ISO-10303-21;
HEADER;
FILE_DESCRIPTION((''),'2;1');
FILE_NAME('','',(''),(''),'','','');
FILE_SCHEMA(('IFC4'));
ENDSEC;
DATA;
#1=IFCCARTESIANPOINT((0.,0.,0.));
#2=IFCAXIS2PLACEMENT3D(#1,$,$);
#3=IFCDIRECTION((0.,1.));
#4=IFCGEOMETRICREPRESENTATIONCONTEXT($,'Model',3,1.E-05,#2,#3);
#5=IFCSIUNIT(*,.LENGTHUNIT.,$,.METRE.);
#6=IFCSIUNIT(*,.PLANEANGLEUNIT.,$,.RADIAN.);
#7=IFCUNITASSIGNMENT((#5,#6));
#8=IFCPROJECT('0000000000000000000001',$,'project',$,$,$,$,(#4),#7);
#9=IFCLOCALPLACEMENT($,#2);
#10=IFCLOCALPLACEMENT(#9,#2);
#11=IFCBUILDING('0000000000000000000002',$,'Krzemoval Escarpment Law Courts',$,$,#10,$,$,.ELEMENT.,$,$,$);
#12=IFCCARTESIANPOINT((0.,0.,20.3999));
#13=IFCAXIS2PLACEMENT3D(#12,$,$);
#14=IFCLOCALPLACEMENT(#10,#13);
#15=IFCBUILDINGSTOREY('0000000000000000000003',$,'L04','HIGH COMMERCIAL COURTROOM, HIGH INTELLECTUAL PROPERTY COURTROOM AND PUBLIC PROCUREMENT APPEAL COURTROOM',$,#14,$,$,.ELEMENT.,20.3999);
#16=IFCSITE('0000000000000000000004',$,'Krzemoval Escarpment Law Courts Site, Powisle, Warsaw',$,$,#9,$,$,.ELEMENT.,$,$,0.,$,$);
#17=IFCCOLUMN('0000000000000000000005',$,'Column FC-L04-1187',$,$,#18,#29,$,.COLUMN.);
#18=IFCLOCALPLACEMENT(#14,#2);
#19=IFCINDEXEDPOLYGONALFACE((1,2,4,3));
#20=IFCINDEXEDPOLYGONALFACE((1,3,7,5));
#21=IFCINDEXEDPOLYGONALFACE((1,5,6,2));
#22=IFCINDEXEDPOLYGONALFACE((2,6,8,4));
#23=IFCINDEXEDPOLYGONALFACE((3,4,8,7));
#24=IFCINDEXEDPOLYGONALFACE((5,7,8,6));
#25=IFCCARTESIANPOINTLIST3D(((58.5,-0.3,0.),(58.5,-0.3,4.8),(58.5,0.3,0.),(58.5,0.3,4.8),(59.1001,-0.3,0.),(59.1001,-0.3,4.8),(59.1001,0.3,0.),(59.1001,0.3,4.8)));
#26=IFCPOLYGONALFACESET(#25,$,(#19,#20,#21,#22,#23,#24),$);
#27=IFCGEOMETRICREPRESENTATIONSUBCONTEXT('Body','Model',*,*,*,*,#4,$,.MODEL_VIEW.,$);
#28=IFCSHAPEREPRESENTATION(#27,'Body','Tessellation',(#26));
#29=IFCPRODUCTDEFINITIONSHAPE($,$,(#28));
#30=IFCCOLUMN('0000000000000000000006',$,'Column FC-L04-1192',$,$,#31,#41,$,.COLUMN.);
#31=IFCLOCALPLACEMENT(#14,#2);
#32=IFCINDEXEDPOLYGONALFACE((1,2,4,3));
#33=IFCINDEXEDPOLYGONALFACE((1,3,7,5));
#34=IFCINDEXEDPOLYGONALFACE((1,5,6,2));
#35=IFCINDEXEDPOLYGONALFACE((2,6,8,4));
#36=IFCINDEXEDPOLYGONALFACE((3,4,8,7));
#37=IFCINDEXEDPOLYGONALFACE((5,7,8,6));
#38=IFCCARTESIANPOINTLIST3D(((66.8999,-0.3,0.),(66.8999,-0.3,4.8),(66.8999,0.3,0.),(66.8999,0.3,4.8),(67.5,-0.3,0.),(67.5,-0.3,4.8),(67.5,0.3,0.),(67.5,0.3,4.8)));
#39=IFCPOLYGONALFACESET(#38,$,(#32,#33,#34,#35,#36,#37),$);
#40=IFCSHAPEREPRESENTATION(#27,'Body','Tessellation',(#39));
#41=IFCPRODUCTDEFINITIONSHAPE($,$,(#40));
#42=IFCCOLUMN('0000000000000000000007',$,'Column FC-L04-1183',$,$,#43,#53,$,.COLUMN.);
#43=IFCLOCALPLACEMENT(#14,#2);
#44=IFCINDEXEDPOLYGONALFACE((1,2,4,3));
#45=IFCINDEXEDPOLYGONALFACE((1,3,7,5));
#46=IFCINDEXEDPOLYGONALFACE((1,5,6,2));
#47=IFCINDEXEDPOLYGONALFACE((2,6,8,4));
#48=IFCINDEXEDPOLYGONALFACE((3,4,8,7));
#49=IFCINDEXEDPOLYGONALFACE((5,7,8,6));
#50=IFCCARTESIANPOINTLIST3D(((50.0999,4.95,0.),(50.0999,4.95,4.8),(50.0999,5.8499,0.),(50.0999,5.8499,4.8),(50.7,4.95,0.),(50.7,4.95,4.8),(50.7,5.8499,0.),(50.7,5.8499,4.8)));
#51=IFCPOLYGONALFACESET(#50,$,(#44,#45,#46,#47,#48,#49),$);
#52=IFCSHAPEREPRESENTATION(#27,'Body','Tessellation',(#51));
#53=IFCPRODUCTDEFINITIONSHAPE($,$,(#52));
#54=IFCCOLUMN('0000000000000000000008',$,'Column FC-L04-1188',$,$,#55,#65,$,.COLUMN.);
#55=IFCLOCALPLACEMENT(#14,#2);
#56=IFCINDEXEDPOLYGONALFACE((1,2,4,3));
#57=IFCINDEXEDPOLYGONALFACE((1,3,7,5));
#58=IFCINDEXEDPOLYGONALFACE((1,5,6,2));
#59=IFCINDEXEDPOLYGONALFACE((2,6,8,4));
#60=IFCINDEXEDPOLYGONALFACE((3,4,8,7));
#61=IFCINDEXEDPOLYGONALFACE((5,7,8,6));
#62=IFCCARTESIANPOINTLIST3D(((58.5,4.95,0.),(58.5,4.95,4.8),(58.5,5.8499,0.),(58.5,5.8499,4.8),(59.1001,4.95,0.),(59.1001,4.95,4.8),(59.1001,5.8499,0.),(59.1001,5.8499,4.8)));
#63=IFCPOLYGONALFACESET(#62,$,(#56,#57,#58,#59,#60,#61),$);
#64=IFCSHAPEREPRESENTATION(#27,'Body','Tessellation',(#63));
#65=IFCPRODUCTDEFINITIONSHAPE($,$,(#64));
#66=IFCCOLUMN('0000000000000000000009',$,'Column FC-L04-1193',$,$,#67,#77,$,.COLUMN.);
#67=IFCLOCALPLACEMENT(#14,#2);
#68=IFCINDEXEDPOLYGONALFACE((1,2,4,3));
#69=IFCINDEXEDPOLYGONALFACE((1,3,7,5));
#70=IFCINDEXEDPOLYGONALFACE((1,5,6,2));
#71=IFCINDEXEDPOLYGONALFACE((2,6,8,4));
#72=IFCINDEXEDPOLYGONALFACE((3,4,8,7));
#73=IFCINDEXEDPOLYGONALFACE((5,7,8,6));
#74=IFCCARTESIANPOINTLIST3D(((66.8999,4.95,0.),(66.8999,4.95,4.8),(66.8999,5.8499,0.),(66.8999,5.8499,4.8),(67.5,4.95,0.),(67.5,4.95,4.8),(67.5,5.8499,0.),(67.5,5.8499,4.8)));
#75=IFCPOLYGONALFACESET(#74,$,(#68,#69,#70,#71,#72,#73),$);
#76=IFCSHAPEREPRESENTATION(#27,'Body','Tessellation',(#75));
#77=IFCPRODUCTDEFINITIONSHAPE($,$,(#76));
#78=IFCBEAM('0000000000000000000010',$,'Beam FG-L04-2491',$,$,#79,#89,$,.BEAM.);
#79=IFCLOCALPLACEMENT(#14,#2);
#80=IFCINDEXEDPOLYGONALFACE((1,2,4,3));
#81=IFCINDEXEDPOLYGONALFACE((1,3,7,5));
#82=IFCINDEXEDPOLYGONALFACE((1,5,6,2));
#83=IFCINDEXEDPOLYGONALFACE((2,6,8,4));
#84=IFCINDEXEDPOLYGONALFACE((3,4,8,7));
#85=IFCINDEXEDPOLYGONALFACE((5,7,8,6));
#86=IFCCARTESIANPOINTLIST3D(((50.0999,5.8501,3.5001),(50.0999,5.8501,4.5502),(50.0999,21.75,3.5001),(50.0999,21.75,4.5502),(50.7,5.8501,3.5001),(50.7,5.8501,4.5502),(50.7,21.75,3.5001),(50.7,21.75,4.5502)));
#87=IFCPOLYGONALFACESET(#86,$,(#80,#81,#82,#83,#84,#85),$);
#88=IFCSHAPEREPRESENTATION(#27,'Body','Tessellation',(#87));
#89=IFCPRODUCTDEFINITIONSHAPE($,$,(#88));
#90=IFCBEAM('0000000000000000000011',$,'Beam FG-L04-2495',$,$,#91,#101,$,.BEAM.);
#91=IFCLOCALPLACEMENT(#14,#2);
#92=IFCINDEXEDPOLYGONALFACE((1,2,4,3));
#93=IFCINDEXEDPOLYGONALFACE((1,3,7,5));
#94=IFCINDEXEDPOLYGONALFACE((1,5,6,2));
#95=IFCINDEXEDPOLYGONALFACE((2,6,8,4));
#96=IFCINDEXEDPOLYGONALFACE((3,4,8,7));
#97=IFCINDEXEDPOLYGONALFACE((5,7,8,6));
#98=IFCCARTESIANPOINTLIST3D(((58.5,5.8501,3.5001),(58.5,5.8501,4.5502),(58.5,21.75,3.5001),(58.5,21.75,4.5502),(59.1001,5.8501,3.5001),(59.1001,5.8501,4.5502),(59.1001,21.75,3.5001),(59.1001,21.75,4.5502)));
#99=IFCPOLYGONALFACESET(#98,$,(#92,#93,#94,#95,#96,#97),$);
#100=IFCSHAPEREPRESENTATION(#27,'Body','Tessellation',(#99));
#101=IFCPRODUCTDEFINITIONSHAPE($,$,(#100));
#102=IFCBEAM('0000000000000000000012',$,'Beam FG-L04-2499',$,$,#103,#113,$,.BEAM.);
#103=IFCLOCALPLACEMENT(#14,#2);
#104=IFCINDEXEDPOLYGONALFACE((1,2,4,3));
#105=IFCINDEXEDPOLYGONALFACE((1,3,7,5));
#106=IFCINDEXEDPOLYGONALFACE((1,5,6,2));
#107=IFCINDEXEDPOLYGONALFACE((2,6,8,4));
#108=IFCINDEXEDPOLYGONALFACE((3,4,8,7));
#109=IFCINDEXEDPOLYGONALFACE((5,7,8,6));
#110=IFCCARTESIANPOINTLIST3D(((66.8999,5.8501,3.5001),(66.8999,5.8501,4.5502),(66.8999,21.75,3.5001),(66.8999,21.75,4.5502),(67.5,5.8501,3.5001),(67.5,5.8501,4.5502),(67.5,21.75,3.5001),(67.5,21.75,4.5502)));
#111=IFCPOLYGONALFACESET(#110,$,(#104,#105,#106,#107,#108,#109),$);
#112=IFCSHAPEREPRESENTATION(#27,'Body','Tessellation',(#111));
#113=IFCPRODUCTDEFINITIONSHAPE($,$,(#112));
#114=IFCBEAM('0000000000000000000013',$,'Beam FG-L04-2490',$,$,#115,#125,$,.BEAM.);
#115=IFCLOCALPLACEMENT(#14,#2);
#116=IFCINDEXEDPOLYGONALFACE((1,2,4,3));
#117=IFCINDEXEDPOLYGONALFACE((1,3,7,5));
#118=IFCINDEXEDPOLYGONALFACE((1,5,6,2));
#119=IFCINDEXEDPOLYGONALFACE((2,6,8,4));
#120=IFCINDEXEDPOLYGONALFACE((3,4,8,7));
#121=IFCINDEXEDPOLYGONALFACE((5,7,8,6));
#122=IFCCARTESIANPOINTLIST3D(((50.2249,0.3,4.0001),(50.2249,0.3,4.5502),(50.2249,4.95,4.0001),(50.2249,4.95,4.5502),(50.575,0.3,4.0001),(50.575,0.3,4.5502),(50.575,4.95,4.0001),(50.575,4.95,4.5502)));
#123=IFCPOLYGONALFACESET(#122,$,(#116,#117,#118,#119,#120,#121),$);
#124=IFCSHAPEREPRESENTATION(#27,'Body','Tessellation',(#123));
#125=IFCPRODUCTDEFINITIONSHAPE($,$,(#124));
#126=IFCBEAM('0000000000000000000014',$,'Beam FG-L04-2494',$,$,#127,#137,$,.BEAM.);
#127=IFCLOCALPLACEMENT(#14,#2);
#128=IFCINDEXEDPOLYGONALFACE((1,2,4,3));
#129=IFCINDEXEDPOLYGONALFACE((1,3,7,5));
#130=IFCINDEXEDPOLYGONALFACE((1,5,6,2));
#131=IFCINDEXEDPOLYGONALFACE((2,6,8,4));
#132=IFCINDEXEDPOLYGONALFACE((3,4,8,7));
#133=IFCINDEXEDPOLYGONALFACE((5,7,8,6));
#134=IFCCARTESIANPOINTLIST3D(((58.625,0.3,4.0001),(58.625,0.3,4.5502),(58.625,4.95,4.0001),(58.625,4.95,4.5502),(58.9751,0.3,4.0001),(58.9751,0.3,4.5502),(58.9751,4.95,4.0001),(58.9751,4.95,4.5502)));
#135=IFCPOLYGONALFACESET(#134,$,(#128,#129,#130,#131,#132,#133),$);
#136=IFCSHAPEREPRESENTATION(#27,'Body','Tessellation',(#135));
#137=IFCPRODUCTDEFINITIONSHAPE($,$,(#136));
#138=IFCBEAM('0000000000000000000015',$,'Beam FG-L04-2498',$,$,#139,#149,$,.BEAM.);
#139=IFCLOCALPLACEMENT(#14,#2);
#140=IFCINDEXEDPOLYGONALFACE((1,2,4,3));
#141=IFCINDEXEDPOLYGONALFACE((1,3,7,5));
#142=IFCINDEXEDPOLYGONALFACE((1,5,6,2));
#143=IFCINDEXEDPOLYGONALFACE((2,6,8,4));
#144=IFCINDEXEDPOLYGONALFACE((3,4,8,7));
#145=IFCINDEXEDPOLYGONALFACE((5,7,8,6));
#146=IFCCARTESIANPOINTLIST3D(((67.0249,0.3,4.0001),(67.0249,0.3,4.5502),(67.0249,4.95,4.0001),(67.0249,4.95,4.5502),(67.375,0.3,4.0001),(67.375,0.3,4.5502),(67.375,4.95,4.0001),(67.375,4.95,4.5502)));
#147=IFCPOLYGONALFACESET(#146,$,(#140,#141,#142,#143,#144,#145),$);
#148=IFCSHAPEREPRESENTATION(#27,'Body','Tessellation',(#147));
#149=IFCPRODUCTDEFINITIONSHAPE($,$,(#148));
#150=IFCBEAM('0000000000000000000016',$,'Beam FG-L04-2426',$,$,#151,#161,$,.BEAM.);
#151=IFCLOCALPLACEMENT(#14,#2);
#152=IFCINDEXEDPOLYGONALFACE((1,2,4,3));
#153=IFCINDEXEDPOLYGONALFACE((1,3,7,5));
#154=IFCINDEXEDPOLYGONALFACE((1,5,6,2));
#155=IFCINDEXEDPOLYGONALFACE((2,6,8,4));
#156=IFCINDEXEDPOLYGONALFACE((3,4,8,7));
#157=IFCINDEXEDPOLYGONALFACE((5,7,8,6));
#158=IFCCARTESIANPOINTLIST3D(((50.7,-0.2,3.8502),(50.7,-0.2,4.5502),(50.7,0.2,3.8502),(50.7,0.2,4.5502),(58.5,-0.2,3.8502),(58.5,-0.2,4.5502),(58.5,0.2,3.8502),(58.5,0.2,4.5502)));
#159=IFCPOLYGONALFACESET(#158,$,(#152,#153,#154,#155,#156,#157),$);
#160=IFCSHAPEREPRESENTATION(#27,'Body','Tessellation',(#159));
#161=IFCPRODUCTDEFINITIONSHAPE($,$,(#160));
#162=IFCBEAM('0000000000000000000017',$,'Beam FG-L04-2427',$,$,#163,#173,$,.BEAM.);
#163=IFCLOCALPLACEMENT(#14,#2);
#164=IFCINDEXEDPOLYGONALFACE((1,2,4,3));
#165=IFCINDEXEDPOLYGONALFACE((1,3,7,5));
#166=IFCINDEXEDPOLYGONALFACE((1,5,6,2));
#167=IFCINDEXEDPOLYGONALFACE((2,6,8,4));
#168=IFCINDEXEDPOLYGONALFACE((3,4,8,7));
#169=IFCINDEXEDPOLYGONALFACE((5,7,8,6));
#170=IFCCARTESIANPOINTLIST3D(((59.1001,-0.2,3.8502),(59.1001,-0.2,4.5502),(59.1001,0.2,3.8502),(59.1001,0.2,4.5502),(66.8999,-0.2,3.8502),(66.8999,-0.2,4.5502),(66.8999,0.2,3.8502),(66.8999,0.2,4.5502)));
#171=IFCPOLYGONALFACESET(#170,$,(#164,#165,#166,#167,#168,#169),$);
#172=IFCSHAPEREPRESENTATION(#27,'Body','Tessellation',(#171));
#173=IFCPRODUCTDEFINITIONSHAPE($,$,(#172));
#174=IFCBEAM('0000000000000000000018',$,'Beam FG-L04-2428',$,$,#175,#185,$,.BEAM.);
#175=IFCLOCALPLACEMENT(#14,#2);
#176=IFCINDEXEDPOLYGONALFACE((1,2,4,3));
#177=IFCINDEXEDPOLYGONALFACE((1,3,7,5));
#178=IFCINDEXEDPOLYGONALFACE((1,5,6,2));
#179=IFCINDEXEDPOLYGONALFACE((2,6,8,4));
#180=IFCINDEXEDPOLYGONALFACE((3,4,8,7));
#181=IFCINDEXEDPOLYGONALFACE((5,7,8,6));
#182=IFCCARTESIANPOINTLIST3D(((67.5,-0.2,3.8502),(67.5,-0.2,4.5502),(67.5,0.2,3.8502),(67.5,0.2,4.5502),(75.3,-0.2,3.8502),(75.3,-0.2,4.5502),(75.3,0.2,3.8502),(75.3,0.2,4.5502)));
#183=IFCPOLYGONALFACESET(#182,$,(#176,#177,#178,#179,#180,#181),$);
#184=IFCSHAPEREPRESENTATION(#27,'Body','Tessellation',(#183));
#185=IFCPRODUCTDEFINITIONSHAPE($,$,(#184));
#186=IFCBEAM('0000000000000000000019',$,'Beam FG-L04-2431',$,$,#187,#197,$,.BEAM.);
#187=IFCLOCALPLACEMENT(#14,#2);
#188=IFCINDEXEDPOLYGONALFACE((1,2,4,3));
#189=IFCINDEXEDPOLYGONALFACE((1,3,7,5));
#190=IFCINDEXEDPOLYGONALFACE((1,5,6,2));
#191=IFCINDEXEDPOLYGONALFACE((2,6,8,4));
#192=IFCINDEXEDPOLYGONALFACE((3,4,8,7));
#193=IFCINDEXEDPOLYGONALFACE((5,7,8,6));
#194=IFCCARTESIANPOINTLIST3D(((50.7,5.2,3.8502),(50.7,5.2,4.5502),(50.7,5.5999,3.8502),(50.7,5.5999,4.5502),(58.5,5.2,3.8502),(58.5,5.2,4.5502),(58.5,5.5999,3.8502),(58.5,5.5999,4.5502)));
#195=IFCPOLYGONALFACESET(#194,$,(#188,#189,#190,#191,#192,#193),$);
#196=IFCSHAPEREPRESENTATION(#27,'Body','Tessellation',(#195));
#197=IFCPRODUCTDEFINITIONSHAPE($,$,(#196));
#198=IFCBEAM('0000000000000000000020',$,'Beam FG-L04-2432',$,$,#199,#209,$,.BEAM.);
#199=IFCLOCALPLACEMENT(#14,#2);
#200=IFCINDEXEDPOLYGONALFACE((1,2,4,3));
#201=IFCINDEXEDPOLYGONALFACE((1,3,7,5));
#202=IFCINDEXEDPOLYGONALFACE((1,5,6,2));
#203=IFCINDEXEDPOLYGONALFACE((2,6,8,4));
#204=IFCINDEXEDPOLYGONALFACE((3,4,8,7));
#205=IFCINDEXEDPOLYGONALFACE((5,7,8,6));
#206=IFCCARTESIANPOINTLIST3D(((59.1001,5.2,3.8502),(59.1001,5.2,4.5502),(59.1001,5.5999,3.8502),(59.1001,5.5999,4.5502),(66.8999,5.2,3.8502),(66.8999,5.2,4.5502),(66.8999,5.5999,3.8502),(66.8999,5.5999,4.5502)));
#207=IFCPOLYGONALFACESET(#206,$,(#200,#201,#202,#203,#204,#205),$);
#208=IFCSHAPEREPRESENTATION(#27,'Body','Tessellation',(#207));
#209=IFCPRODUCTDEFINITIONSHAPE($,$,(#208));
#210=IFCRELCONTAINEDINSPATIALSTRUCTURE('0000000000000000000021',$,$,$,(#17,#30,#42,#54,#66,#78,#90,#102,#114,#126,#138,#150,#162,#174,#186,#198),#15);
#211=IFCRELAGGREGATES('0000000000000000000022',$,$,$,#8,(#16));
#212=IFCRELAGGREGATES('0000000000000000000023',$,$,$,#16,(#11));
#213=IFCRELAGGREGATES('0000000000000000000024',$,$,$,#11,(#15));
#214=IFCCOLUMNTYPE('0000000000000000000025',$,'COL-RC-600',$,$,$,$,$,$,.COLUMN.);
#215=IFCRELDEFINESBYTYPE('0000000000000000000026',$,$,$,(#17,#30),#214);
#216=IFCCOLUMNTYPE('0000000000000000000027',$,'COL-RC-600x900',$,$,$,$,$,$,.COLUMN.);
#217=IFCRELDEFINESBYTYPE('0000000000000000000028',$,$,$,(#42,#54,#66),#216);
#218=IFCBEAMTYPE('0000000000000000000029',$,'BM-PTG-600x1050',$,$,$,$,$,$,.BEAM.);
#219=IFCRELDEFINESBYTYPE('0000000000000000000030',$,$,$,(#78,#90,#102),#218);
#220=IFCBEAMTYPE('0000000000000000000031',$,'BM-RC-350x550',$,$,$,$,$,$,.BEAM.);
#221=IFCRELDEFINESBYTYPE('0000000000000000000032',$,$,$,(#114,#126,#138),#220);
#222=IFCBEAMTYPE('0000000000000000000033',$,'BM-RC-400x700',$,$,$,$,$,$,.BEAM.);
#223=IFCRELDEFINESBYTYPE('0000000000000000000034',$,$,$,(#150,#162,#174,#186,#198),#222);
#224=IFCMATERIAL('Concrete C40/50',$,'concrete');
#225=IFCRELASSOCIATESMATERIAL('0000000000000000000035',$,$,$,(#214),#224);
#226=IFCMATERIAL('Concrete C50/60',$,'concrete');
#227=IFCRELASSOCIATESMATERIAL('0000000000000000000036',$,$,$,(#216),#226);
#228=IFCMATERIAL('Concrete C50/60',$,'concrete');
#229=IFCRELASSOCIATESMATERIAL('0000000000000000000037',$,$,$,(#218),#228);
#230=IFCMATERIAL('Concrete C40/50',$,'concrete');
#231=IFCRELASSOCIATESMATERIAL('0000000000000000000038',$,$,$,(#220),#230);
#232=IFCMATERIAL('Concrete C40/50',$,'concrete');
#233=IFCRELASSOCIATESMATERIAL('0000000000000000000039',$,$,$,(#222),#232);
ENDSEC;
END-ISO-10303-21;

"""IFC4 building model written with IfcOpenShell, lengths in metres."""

from ifc_helpers import new_model, si_unit, direction, frame, origin, origin_2d, place, context, subcontext, project, spatial, rectangle, extrude, material, material_profile, profile_set, type_object, element, save


model = new_model("IFC4")

# Units and contexts
model_context = context("Model", 3, precision=1e-05, world=origin(), true_north=direction((0.0, 1.0)))
body_context = subcontext(model_context, "Body", "Model", "MODEL_VIEW")
ifc_project = project(units=[si_unit("LENGTHUNIT", "METRE"), si_unit("PLANEANGLEUNIT", "RADIAN")], contexts=[model_context])

# Site, building, storey
site_placement = place(None, origin())
site = spatial("IfcSite", under=ifc_project, at=site_placement, Name="Krzemoval Escarpment Law Courts Site, Powisle, Warsaw", CompositionType="ELEMENT", RefElevation=0.0)
building_placement = place(site_placement, origin())
building = spatial("IfcBuilding", under=site, at=building_placement, Name="Krzemoval Escarpment Law Courts", CompositionType="ELEMENT")
storey_placement = place(building_placement, frame((0.0, 0.0, 20.3999)))
storey = spatial("IfcBuildingStorey", under=building, at=storey_placement, Name="L04", Description="HIGH COMMERCIAL COURTROOM, HIGH INTELLECTUAL PROPERTY COURTROOM AND PUBLIC PROCUREMENT APPEAL COURTROOM", CompositionType="ELEMENT", Elevation=20.3999)

# Columns
ifc_material_1 = material(Name="Concrete C40/50", Category="concrete")
ifc_material_profile_1 = material_profile(ifc_material_1, rectangle(XDim=0.6001, YDim=0.6001, at=origin_2d()), Name="RC 600x600")
ifc_profile_set_1 = profile_set([ifc_material_profile_1], Name="Concrete C40/50")
column_type_1 = type_object("IfcColumnType", Name="COL-RC-600", PredefinedType="COLUMN", material=ifc_profile_set_1)
for number, where, z_axis, x_axis, name in (
    (1, (58.8, 0.0, 0.0), (0.0, 0.0, 1.0), (1.0, 0.0, 0.0), "Column FC-L04-1187"),
    (2, (67.2, 0.0, 0.0), (0.0, 0.0, 1.0), (1.0, 0.0, 0.0), "Column FC-L04-1192"),
):
    element("IfcColumn", number, at=place(storey_placement, frame(where, z_axis=z_axis, x_axis=x_axis)), inside=storey, type_object=column_type_1, Name=name, PredefinedType="COLUMN", context=body_context, shape_type="SweptSolid", body=[
        extrude(rectangle(XDim=0.6001, YDim=0.6001, at=origin_2d()), origin(), (0.0, 0.0, 1.0), 4.8),
    ])
ifc_material_2 = material(Name="Concrete C50/60", Category="concrete")
ifc_material_profile_2 = material_profile(ifc_material_2, rectangle(XDim=0.6001, YDim=0.8999, at=origin_2d()), Name="RC 600x900")
ifc_profile_set_2 = profile_set([ifc_material_profile_2], Name="Concrete C50/60")
column_type_2 = type_object("IfcColumnType", Name="COL-RC-600x900", PredefinedType="COLUMN", material=ifc_profile_set_2)
for number, where, z_axis, x_axis, name in (
    (3, (50.3999, 5.3999, 0.0), (0.0, 0.0, 1.0), (1.0, 0.0, 0.0), "Column FC-L04-1183"),
    (4, (58.8, 5.3999, 0.0), (0.0, 0.0, 1.0), (1.0, 0.0, 0.0), "Column FC-L04-1188"),
    (5, (67.2, 5.3999, 0.0), (0.0, 0.0, 1.0), (1.0, 0.0, 0.0), "Column FC-L04-1193"),
):
    element("IfcColumn", number, at=place(storey_placement, frame(where, z_axis=z_axis, x_axis=x_axis)), inside=storey, type_object=column_type_2, Name=name, PredefinedType="COLUMN", context=body_context, shape_type="SweptSolid", body=[
        extrude(rectangle(XDim=0.6001, YDim=0.8999, at=origin_2d()), origin(), (0.0, 0.0, 1.0), 4.8),
    ])

# Beams
ifc_material_3 = material(Name="Concrete C50/60", Category="concrete")
ifc_material_profile_3 = material_profile(ifc_material_3, rectangle(XDim=0.6001, YDim=1.05, at=origin_2d()), Name="PTG 600x1050")
ifc_profile_set_3 = profile_set([ifc_material_profile_3], Name="Concrete C50/60")
beam_type_1 = type_object("IfcBeamType", Name="BM-PTG-600x1050", PredefinedType="BEAM", material=ifc_profile_set_3)
for number, where, z_axis, x_axis, name in (
    (6, (50.3999, 5.8501, 4.0251), (0.0, 1.0, 0.0), (-1.0, 0.0, 0.0), "Beam FG-L04-2491"),
    (7, (58.8, 5.8501, 4.0251), (0.0, 1.0, 0.0), (-1.0, 0.0, 0.0), "Beam FG-L04-2495"),
    (8, (67.2, 5.8501, 4.0251), (0.0, 1.0, 0.0), (-1.0, 0.0, 0.0), "Beam FG-L04-2499"),
):
    element("IfcBeam", number, at=place(storey_placement, frame(where, z_axis=z_axis, x_axis=x_axis)), inside=storey, type_object=beam_type_1, Name=name, PredefinedType="BEAM", context=body_context, shape_type="SweptSolid", body=[
        extrude(rectangle(XDim=0.6001, YDim=1.05, at=origin_2d()), origin(), (0.0, 0.0, 1.0), 15.8999),
    ])
ifc_material_4 = material(Name="Concrete C40/50", Category="concrete")
ifc_material_profile_4 = material_profile(ifc_material_4, rectangle(XDim=0.3501, YDim=0.55, at=origin_2d()), Name="RCB 350x550")
ifc_profile_set_4 = profile_set([ifc_material_profile_4], Name="Concrete C40/50")
beam_type_2 = type_object("IfcBeamType", Name="BM-RC-350x550", PredefinedType="BEAM", material=ifc_profile_set_4)
for number, where, z_axis, x_axis, name in (
    (9, (50.3999, 0.3, 4.2751), (0.0, 1.0, 0.0), (-1.0, 0.0, 0.0), "Beam FG-L04-2490"),
    (10, (58.8, 0.3, 4.2751), (0.0, 1.0, 0.0), (-1.0, 0.0, 0.0), "Beam FG-L04-2494"),
    (11, (67.2, 0.3, 4.2751), (0.0, 1.0, 0.0), (-1.0, 0.0, 0.0), "Beam FG-L04-2498"),
):
    element("IfcBeam", number, at=place(storey_placement, frame(where, z_axis=z_axis, x_axis=x_axis)), inside=storey, type_object=beam_type_2, Name=name, PredefinedType="BEAM", context=body_context, shape_type="SweptSolid", body=[
        extrude(rectangle(XDim=0.3501, YDim=0.55, at=origin_2d()), origin(), (0.0, 0.0, 1.0), 4.6499),
    ])
ifc_material_5 = material(Name="Concrete C40/50", Category="concrete")
ifc_material_profile_5 = material_profile(ifc_material_5, rectangle(XDim=0.3999, YDim=0.7, at=origin_2d()), Name="RCB 400x700")
ifc_profile_set_5 = profile_set([ifc_material_profile_5], Name="Concrete C40/50")
beam_type_3 = type_object("IfcBeamType", Name="BM-RC-400x700", PredefinedType="BEAM", material=ifc_profile_set_5)
beam_1_placement = place(storey_placement, frame((50.7, 0.0, 4.2002), z_axis=(1.0, 0.0, 0.0), x_axis=(0.0, 1.0, 0.0)))
element("IfcBeam", 12, at=beam_1_placement, inside=storey, type_object=beam_type_3, Name="Beam FG-L04-2426", PredefinedType="BEAM", context=body_context, shape_type="SweptSolid", body=[
    extrude(rectangle(XDim=0.3999, YDim=0.7, at=origin_2d()), origin(), (0.0, 0.0, 1.0), 7.8),
])
beam_2_placement = place(storey_placement, frame((59.1001, 0.0, 4.2002), z_axis=(1.0, 0.0, 0.0), x_axis=(0.0, 1.0, 0.0)))
element("IfcBeam", 13, at=beam_2_placement, inside=storey, type_object=beam_type_3, Name="Beam FG-L04-2427", PredefinedType="BEAM", context=body_context, shape_type="SweptSolid", body=[
    extrude(rectangle(XDim=0.3999, YDim=0.7, at=origin_2d()), origin(), (0.0, 0.0, 1.0), 7.7998),
])
for number, where, z_axis, x_axis, name in (
    (14, (67.5, 0.0, 4.2002), (1.0, 0.0, 0.0), (0.0, 1.0, 0.0), "Beam FG-L04-2428"),
    (15, (50.7, 5.3999, 4.2002), (1.0, 0.0, 0.0), (0.0, 1.0, 0.0), "Beam FG-L04-2431"),
):
    element("IfcBeam", number, at=place(storey_placement, frame(where, z_axis=z_axis, x_axis=x_axis)), inside=storey, type_object=beam_type_3, Name=name, PredefinedType="BEAM", context=body_context, shape_type="SweptSolid", body=[
        extrude(rectangle(XDim=0.3999, YDim=0.7, at=origin_2d()), origin(), (0.0, 0.0, 1.0), 7.8),
    ])
beam_3_placement = place(storey_placement, frame((59.1001, 5.3999, 4.2002), z_axis=(1.0, 0.0, 0.0), x_axis=(0.0, 1.0, 0.0)))
element("IfcBeam", 16, at=beam_3_placement, inside=storey, type_object=beam_type_3, Name="Beam FG-L04-2432", PredefinedType="BEAM", context=body_context, shape_type="SweptSolid", body=[
    extrude(rectangle(XDim=0.3999, YDim=0.7, at=origin_2d()), origin(), (0.0, 0.0, 1.0), 7.7998),
])

save(model, "model.ifc")
